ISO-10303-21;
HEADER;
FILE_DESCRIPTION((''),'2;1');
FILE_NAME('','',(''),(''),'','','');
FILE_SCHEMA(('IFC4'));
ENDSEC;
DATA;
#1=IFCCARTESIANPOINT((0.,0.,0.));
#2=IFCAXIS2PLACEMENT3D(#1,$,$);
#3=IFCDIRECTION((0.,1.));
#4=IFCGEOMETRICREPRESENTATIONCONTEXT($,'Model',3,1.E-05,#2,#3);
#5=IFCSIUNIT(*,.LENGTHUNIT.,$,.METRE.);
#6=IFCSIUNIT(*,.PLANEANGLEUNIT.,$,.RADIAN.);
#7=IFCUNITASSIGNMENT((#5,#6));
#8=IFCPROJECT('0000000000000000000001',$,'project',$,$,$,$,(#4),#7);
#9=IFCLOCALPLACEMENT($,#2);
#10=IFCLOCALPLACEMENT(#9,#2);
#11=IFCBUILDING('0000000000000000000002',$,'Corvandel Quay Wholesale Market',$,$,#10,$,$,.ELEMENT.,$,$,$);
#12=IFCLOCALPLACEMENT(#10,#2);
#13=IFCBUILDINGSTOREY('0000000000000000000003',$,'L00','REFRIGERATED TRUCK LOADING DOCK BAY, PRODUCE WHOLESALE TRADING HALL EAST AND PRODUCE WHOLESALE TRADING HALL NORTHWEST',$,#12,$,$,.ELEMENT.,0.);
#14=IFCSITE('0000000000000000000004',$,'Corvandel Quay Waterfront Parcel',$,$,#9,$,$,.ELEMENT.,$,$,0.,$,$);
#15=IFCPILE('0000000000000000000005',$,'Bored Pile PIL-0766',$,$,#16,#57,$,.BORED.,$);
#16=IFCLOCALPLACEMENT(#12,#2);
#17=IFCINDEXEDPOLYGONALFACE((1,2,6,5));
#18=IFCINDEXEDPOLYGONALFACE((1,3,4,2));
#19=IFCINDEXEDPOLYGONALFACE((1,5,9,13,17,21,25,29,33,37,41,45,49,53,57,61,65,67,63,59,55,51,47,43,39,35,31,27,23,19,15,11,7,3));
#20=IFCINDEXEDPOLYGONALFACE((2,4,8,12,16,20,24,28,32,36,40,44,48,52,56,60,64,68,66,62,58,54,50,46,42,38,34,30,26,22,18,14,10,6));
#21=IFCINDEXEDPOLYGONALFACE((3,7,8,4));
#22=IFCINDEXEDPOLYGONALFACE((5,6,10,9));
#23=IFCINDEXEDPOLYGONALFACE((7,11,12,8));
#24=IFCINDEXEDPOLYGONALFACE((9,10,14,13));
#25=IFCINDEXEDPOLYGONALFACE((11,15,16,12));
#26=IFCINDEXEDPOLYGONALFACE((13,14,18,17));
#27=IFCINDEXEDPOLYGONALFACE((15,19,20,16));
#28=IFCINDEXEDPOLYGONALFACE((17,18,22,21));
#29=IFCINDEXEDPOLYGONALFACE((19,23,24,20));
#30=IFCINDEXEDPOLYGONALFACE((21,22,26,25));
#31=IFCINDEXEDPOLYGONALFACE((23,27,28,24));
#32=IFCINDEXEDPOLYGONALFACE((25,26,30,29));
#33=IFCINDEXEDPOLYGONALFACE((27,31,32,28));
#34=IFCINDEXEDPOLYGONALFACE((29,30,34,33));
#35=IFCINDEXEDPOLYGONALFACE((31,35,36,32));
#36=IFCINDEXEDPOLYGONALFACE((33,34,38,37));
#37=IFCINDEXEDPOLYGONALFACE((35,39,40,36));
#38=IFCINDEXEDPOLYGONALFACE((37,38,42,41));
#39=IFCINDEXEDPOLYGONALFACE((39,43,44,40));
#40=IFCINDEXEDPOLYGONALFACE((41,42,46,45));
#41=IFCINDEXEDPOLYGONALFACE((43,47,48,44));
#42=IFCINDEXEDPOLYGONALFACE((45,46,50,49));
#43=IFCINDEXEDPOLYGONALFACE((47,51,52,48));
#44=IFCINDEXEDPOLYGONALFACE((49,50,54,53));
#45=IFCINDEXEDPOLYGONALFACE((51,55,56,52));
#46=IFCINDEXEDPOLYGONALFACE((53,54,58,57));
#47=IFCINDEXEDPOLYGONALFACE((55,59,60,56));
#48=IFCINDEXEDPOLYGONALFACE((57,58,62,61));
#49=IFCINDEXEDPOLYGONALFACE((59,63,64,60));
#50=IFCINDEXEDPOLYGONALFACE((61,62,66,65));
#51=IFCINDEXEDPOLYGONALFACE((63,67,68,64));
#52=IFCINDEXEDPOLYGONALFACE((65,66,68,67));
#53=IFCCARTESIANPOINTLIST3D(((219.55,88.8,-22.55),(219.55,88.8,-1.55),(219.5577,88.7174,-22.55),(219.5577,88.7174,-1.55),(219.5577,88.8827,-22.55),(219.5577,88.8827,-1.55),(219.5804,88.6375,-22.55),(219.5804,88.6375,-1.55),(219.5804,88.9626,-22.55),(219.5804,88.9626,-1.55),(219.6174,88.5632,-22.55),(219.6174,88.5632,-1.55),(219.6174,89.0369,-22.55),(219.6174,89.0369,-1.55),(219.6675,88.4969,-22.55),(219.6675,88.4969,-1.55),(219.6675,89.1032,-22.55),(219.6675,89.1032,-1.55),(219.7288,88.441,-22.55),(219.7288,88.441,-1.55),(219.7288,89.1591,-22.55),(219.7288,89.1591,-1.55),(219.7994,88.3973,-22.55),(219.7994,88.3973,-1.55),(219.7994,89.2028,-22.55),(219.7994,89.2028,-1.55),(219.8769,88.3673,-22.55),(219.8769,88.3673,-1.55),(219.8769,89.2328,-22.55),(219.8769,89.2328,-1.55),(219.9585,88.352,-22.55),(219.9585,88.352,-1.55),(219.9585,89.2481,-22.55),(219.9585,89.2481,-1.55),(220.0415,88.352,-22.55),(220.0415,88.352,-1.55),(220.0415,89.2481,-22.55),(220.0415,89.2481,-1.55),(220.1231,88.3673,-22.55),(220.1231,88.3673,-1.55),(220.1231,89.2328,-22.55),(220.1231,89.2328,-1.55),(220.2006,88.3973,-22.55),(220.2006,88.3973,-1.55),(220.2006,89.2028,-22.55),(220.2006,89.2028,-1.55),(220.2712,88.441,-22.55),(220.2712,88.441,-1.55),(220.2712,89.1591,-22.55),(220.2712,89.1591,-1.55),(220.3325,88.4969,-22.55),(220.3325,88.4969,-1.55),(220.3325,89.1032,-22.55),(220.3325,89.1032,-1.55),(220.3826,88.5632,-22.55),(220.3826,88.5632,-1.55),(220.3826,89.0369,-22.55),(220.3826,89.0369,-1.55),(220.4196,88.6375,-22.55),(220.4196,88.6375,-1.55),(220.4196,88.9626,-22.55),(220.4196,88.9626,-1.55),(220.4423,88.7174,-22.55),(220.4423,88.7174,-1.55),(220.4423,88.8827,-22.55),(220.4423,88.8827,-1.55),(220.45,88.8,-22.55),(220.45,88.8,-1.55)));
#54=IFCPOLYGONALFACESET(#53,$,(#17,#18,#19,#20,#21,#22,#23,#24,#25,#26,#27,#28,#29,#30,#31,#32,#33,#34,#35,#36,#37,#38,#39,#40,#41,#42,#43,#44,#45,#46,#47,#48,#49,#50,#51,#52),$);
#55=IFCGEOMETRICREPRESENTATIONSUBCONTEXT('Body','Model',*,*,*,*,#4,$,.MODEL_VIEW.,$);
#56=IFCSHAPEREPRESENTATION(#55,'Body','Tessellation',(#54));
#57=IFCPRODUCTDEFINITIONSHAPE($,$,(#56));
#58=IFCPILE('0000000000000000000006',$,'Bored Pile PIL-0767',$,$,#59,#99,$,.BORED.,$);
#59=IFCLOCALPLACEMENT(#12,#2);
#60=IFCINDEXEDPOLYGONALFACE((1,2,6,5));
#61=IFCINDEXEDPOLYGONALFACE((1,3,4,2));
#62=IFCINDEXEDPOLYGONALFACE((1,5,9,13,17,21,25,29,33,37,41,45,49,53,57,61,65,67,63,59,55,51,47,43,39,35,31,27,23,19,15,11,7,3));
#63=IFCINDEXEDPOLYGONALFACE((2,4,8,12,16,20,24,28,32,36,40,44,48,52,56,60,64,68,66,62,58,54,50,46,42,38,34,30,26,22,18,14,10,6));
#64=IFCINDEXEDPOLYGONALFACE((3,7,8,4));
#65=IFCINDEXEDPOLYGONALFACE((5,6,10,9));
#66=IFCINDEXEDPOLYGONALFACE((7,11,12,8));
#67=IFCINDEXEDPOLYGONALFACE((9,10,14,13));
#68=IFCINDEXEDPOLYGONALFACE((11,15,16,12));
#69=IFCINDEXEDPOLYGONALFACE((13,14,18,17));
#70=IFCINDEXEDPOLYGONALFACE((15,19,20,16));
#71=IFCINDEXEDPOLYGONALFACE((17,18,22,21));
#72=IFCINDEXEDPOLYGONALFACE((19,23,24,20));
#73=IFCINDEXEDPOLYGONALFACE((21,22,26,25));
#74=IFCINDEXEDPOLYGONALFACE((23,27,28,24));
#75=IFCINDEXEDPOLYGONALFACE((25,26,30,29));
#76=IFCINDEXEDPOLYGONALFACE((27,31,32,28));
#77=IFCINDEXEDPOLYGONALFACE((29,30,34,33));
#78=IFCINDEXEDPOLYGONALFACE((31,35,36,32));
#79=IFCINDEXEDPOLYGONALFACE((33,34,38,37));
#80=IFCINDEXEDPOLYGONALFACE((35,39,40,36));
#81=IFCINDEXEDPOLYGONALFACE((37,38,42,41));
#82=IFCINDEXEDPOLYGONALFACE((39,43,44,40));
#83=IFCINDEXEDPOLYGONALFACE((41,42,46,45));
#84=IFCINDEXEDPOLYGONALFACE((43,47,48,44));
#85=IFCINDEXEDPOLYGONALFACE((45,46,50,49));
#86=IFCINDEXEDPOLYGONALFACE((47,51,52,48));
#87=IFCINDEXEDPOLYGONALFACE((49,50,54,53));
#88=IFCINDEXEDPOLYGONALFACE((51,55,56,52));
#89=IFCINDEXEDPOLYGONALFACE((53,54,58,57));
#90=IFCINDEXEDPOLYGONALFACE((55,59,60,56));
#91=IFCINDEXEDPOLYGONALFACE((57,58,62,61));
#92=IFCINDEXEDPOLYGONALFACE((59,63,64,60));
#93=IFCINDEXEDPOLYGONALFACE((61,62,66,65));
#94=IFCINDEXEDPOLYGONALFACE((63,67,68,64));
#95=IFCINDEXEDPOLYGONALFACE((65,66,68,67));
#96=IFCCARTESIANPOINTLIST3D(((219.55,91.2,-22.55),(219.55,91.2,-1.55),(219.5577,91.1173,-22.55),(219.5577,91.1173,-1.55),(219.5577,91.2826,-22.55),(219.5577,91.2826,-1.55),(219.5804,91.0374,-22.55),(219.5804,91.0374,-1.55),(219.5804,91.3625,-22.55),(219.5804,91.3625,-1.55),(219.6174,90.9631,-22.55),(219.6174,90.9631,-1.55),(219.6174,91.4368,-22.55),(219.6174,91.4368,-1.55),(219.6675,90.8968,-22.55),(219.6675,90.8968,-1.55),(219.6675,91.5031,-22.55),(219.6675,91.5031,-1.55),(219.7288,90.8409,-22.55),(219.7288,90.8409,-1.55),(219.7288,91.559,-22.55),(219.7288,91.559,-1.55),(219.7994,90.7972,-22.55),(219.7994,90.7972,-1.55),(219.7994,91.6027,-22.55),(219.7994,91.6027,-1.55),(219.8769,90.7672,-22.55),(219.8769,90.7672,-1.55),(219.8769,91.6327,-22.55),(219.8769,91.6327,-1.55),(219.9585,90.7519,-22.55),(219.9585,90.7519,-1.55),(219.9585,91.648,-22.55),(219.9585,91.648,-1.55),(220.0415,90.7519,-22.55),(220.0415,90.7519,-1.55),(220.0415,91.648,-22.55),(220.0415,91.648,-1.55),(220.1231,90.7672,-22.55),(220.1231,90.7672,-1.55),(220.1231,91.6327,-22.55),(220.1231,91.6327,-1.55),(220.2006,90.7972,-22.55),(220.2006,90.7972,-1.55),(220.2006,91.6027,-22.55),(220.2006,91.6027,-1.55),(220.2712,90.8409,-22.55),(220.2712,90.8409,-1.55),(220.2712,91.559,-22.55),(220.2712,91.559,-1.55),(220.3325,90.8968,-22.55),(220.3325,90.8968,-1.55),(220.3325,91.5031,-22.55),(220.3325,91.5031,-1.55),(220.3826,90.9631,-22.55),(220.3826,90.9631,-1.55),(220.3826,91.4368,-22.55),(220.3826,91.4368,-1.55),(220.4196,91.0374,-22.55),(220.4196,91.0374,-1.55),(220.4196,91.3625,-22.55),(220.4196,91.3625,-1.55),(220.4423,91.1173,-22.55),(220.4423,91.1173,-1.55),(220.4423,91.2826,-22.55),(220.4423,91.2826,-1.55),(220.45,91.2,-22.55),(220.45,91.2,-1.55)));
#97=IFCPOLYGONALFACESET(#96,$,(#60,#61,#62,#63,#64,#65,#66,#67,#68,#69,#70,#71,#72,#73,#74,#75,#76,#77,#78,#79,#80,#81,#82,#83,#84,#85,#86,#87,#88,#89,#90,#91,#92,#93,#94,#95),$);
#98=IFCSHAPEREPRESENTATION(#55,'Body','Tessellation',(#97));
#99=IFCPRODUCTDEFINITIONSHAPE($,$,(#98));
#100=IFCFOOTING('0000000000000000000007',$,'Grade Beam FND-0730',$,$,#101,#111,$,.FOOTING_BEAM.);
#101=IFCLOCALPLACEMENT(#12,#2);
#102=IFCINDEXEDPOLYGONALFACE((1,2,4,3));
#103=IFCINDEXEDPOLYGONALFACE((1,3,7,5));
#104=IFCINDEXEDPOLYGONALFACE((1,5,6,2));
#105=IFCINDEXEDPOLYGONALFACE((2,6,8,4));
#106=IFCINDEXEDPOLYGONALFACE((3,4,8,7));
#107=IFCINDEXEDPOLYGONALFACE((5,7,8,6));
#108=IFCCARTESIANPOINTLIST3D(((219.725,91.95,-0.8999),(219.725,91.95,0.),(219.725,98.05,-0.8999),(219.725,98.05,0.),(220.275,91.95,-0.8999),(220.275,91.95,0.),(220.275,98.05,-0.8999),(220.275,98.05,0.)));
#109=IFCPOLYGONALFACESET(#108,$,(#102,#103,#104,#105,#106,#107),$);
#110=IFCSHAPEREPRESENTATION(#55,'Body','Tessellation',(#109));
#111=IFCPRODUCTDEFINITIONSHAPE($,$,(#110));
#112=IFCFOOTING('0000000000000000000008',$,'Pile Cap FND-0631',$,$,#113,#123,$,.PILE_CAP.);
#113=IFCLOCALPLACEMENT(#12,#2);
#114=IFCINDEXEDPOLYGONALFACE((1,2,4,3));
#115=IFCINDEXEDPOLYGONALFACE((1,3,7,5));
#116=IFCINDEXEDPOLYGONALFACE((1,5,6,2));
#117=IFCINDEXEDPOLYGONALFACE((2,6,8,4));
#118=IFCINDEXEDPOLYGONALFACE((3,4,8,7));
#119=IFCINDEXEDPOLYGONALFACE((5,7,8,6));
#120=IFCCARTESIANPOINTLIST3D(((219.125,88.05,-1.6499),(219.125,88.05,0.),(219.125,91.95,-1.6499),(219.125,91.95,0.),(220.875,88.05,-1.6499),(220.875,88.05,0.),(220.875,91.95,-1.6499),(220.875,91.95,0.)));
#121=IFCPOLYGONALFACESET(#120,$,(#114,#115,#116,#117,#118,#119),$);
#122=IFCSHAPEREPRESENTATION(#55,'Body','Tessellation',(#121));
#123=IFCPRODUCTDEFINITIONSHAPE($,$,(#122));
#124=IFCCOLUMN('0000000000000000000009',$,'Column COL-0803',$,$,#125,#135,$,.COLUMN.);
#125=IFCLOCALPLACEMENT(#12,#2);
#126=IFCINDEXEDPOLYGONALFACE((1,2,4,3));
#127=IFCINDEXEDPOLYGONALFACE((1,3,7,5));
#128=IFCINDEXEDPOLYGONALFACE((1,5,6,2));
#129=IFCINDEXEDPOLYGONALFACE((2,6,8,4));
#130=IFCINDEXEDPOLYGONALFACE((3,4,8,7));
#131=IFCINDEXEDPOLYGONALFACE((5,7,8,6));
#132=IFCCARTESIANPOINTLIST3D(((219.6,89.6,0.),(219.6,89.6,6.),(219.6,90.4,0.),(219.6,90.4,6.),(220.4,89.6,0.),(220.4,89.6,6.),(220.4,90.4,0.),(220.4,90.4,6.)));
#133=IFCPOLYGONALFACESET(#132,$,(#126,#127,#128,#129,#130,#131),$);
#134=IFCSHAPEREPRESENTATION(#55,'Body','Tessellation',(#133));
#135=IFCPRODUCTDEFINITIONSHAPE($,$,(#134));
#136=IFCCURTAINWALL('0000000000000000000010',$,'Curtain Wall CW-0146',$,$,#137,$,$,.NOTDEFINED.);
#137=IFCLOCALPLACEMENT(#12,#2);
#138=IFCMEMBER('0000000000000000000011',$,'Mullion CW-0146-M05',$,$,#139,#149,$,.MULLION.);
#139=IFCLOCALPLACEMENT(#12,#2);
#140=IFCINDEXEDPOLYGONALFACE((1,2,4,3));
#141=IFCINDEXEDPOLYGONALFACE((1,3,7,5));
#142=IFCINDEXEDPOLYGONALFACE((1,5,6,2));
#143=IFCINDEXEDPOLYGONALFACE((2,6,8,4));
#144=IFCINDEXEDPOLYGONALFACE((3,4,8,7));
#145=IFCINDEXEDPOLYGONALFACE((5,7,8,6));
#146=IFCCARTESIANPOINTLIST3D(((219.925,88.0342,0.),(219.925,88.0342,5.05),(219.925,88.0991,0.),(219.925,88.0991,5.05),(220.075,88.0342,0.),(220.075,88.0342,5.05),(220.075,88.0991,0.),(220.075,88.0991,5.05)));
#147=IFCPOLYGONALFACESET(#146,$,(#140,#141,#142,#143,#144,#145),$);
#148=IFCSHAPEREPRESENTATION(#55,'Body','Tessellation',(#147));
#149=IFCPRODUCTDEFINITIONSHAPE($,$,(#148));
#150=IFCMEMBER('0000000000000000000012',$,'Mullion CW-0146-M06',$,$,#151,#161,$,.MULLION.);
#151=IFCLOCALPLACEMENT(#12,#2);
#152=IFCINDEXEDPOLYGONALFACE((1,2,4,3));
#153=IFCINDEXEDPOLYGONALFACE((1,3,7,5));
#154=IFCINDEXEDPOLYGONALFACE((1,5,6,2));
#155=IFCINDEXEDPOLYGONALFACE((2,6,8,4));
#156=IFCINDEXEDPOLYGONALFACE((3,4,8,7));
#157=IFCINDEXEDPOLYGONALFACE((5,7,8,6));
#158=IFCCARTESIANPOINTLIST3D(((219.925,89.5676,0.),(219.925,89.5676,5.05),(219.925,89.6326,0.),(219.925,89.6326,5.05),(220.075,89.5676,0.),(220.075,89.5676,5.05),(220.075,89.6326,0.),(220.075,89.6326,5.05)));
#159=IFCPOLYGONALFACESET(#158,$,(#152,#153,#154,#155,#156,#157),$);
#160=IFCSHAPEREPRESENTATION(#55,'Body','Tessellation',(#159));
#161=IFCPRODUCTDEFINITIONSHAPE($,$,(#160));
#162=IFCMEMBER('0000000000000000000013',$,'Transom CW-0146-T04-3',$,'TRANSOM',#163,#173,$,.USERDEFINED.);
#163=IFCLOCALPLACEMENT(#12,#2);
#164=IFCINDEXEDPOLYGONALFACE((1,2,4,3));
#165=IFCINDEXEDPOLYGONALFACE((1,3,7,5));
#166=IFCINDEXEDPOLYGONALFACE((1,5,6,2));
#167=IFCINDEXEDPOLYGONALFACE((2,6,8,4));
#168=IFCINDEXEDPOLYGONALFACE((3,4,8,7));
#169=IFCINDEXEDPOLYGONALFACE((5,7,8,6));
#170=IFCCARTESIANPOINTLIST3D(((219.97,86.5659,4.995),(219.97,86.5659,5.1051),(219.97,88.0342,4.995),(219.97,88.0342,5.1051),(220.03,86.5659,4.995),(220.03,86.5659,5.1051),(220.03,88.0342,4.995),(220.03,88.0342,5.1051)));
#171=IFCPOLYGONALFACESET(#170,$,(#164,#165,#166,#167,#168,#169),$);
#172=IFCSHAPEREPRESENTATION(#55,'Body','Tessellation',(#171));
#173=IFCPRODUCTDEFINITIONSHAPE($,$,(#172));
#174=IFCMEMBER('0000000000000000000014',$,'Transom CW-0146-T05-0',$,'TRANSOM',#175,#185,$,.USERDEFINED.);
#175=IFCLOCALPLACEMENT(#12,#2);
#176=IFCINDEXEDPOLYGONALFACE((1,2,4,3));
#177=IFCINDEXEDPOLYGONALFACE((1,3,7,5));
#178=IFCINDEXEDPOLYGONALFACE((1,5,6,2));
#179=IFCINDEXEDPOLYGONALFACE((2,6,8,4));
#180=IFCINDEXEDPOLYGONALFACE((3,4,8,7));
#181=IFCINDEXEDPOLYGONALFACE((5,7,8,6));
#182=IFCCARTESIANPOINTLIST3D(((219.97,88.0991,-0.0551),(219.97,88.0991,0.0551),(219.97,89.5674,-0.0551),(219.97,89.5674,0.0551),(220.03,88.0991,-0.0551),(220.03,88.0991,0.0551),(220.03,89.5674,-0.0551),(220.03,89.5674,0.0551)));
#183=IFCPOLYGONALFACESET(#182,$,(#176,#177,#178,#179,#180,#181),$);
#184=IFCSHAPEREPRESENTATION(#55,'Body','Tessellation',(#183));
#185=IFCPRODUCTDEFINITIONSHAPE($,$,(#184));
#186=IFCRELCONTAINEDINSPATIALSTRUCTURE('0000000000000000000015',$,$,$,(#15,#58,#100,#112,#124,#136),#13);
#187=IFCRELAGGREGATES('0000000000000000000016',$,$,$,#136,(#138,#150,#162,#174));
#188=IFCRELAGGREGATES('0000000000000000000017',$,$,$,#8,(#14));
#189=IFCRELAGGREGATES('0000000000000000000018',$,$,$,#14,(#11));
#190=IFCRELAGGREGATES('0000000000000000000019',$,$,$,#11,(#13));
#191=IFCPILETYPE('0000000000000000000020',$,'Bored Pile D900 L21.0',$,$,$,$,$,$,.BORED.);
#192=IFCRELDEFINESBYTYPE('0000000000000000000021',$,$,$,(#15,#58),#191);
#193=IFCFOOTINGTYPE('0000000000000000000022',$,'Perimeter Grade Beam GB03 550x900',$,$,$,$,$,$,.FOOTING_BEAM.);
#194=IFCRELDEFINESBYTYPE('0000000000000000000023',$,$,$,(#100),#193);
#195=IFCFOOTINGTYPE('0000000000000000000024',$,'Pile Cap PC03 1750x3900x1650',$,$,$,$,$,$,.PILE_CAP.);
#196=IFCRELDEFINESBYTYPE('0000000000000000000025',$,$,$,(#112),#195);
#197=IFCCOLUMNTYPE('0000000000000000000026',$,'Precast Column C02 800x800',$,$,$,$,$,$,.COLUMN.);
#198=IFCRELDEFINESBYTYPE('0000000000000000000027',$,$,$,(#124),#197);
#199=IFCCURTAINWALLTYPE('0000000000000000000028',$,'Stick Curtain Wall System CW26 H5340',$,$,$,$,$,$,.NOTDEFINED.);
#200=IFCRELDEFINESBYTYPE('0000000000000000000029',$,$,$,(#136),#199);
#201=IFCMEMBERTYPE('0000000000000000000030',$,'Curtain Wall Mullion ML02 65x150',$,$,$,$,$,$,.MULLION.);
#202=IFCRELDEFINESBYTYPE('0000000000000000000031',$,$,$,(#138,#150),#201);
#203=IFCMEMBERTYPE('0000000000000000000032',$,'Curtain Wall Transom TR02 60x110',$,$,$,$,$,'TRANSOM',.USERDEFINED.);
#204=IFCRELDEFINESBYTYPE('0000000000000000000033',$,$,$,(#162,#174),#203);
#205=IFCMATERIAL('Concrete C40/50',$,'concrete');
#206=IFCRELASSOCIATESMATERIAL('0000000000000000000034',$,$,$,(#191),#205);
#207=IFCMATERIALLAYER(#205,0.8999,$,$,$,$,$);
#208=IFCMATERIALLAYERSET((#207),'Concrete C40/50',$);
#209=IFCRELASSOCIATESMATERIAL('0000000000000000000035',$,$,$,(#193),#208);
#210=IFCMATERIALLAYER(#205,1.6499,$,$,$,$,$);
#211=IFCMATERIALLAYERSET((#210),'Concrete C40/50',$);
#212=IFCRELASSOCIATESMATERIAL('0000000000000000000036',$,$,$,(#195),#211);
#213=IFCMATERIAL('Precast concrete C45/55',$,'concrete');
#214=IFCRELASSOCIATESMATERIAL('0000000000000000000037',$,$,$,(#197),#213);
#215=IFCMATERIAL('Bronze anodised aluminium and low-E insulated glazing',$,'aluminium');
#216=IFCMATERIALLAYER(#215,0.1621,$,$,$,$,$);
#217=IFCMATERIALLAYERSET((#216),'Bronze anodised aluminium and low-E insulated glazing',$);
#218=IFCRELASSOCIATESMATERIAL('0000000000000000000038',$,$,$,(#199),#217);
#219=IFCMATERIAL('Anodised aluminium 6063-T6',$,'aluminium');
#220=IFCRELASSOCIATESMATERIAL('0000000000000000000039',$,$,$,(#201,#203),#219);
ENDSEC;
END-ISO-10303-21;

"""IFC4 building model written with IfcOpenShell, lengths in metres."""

from ifc_helpers import new_model, si_unit, direction, frame, origin, origin_2d, place, context, subcontext, project, spatial, rectangle, circle, extrude, material, layer, layer_set, material_profile, profile_set, type_object, element, aggregate, save


model = new_model("IFC4")

# Units and contexts
model_context = context("Model", 3, precision=1e-05, world=origin(), true_north=direction((0.0, 1.0)))
body_context = subcontext(model_context, "Body", "Model", "MODEL_VIEW")
ifc_project = project(units=[si_unit("LENGTHUNIT", "METRE"), si_unit("PLANEANGLEUNIT", "RADIAN")], contexts=[model_context])

# Site, building, storey
site_placement = place(None, origin())
site = spatial("IfcSite", under=ifc_project, at=site_placement, Name="Corvandel Quay Waterfront Parcel", CompositionType="ELEMENT", RefElevation=0.0)
building_placement = place(site_placement, origin())
building = spatial("IfcBuilding", under=site, at=building_placement, Name="Corvandel Quay Wholesale Market", CompositionType="ELEMENT")
storey_placement = place(building_placement, origin())
storey = spatial("IfcBuildingStorey", under=building, at=storey_placement, Name="L00", Description="REFRIGERATED TRUCK LOADING DOCK BAY, PRODUCE WHOLESALE TRADING HALL EAST AND PRODUCE WHOLESALE TRADING HALL NORTHWEST", CompositionType="ELEMENT", Elevation=0.0)

# Piles
ifc_material_1 = material(Name="Concrete C40/50", Category="concrete")
ifc_material_profile_1 = material_profile(ifc_material_1, circle(Radius=0.45, at=origin_2d()), Name="RC-PILE-D900")
ifc_profile_set_1 = profile_set([ifc_material_profile_1], Name="Concrete C40/50")
pile_type = type_object("IfcPileType", Name="Bored Pile D900 L21.0", PredefinedType="BORED", material=ifc_profile_set_1)
for number, where, z_axis, x_axis, name in (
    (1, (220.0, 88.8, -1.55), (0.0, 0.0, -1.0), (1.0, 0.0, 0.0), "Bored Pile PIL-0766"),
    (2, (220.0, 91.2, -1.55), (0.0, 0.0, -1.0), (1.0, 0.0, 0.0), "Bored Pile PIL-0767"),
):
    element("IfcPile", number, at=place(storey_placement, frame(where, z_axis=z_axis, x_axis=x_axis)), inside=storey, type_object=pile_type, Name=name, PredefinedType="BORED", context=body_context, shape_type="SweptSolid", body=[
        extrude(circle(Radius=0.45, at=origin_2d()), origin(), (0.0, 0.0, 1.0), 21.0),
    ])

# Footings
ifc_layer_1 = layer(ifc_material_1, 0.8999)
ifc_layer_set_1 = layer_set([ifc_layer_1], Name="Concrete C40/50")
footing_type_1 = type_object("IfcFootingType", Name="Perimeter Grade Beam GB03 550x900", PredefinedType="FOOTING_BEAM", material=ifc_layer_set_1)
footing_1_placement = place(storey_placement, frame((220.0, 95.0, -0.8999), z_axis=(0.0, 0.0, 1.0), x_axis=(0.0, 1.0, 0.0)))
element("IfcFooting", 3, at=footing_1_placement, inside=storey, type_object=footing_type_1, Name="Grade Beam FND-0730", PredefinedType="FOOTING_BEAM", context=body_context, shape_type="SweptSolid", body=[
    extrude(rectangle(XDim=6.1001, YDim=0.55, at=origin_2d()), origin(), (0.0, 0.0, 1.0), 0.8999),
])
ifc_layer_2 = layer(ifc_material_1, 1.6499)
ifc_layer_set_2 = layer_set([ifc_layer_2], Name="Concrete C40/50")
footing_type_2 = type_object("IfcFootingType", Name="Pile Cap PC03 1750x3900x1650", PredefinedType="PILE_CAP", material=ifc_layer_set_2)
footing_2_placement = place(storey_placement, frame((220.0, 90.0, -1.6499), z_axis=(0.0, 0.0, 1.0), x_axis=(1.0, 0.0, 0.0)))
element("IfcFooting", 4, at=footing_2_placement, inside=storey, type_object=footing_type_2, Name="Pile Cap FND-0631", PredefinedType="PILE_CAP", context=body_context, shape_type="SweptSolid", body=[
    extrude(rectangle(XDim=1.75, YDim=3.8999, at=origin_2d()), origin(), (0.0, 0.0, 1.0), 1.6499),
])

# Column
ifc_material_2 = material(Name="Precast concrete C45/55", Category="concrete")
ifc_material_profile_2 = material_profile(ifc_material_2, rectangle(XDim=0.8, YDim=0.8, at=origin_2d()), Name="PC-COL-800x800")
ifc_profile_set_2 = profile_set([ifc_material_profile_2], Name="Precast concrete C45/55")
column_type = type_object("IfcColumnType", Name="Precast Column C02 800x800", PredefinedType="COLUMN", material=ifc_profile_set_2)
column_placement = place(storey_placement, frame((220.0, 90.0, 0.0), z_axis=(0.0, 0.0, 1.0), x_axis=(1.0, 0.0, 0.0)))
element("IfcColumn", 5, at=column_placement, inside=storey, type_object=column_type, Name="Column COL-0803", PredefinedType="COLUMN", context=body_context, shape_type="SweptSolid", body=[
    extrude(rectangle(XDim=0.8, YDim=0.8, at=origin_2d()), origin(), (0.0, 0.0, 1.0), 6.0),
])

# Curtain wall, members
ifc_material_3 = material(Name="Bronze anodised aluminium and low-E insulated glazing", Category="aluminium")
ifc_layer_3 = layer(ifc_material_3, 0.1621)
ifc_layer_set_3 = layer_set([ifc_layer_3], Name="Bronze anodised aluminium and low-E insulated glazing")
curtain_wall_type = type_object("IfcCurtainWallType", Name="Stick Curtain Wall System CW26 H5340", PredefinedType="NOTDEFINED", material=ifc_layer_set_3)
curtain_wall_placement = place(storey_placement, origin())
curtain_wall = element("IfcCurtainWall", 6, at=curtain_wall_placement, inside=storey, type_object=curtain_wall_type, Name="Curtain Wall CW-0146", PredefinedType="NOTDEFINED")
ifc_material_4 = material(Name="Anodised aluminium 6063-T6", Category="aluminium")
ifc_material_profile_3 = material_profile(ifc_material_4, rectangle(XDim=0.0649, YDim=0.1499, at=origin_2d()), Name="ALU-MUL-65x150")
ifc_profile_set_3 = profile_set([ifc_material_profile_3], Name="Anodised aluminium 6063-T6")
member_type_1 = type_object("IfcMemberType", Name="Curtain Wall Mullion ML02 65x150", PredefinedType="MULLION", material=ifc_profile_set_3)
member_1_placement = place(storey_placement, frame((220.0, 88.0667, 0.0), z_axis=(0.0, 0.0, 1.0), x_axis=(0.0, 1.0, 0.0)))
member_1 = element("IfcMember", 7, at=member_1_placement, type_object=member_type_1, Name="Mullion CW-0146-M05", PredefinedType="MULLION", context=body_context, shape_type="SweptSolid", body=[
    extrude(rectangle(XDim=0.0649, YDim=0.1499, at=origin_2d()), origin(), (0.0, 0.0, 1.0), 5.05),
])
member_2_placement = place(storey_placement, frame((220.0, 89.6001, 0.0), z_axis=(0.0, 0.0, 1.0), x_axis=(0.0, 1.0, 0.0)))
member_2 = element("IfcMember", 8, at=member_2_placement, type_object=member_type_1, Name="Mullion CW-0146-M06", PredefinedType="MULLION", context=body_context, shape_type="SweptSolid", body=[
    extrude(rectangle(XDim=0.0649, YDim=0.1499, at=origin_2d()), origin(), (0.0, 0.0, 1.0), 5.05),
])
ifc_material_profile_4 = material_profile(ifc_material_4, rectangle(XDim=0.0601, YDim=0.1101, at=origin_2d()), Name="ALU-TRN-60x110")
ifc_profile_set_4 = profile_set([ifc_material_profile_4], Name="Anodised aluminium 6063-T6")
member_type_2 = type_object("IfcMemberType", Name="Curtain Wall Transom TR02 60x110", ElementType="TRANSOM", PredefinedType="USERDEFINED", material=ifc_profile_set_4)
member_3_placement = place(storey_placement, frame((220.0, 86.5659, 5.05), z_axis=(0.0, 1.0, 0.0), x_axis=(-1.0, 0.0, 0.0)))
member_3 = element("IfcMember", 9, at=member_3_placement, type_object=member_type_2, Name="Transom CW-0146-T04-3", ObjectType="TRANSOM", PredefinedType="USERDEFINED", context=body_context, shape_type="SweptSolid", body=[
    extrude(rectangle(XDim=0.0601, YDim=0.1101, at=origin_2d()), origin(), (0.0, 0.0, 1.0), 1.4683),
])
member_4_placement = place(storey_placement, frame((220.0, 88.0991, 0.0), z_axis=(0.0, 1.0, 0.0), x_axis=(-1.0, 0.0, 0.0)))
member_4 = element("IfcMember", 10, at=member_4_placement, type_object=member_type_2, Name="Transom CW-0146-T05-0", ObjectType="TRANSOM", PredefinedType="USERDEFINED", context=body_context, shape_type="SweptSolid", body=[
    extrude(rectangle(XDim=0.0601, YDim=0.1101, at=origin_2d()), origin(), (0.0, 0.0, 1.0), 1.4683),
])
aggregate(curtain_wall, [member_1, member_2, member_3, member_4])

save(model, "model.ifc")
